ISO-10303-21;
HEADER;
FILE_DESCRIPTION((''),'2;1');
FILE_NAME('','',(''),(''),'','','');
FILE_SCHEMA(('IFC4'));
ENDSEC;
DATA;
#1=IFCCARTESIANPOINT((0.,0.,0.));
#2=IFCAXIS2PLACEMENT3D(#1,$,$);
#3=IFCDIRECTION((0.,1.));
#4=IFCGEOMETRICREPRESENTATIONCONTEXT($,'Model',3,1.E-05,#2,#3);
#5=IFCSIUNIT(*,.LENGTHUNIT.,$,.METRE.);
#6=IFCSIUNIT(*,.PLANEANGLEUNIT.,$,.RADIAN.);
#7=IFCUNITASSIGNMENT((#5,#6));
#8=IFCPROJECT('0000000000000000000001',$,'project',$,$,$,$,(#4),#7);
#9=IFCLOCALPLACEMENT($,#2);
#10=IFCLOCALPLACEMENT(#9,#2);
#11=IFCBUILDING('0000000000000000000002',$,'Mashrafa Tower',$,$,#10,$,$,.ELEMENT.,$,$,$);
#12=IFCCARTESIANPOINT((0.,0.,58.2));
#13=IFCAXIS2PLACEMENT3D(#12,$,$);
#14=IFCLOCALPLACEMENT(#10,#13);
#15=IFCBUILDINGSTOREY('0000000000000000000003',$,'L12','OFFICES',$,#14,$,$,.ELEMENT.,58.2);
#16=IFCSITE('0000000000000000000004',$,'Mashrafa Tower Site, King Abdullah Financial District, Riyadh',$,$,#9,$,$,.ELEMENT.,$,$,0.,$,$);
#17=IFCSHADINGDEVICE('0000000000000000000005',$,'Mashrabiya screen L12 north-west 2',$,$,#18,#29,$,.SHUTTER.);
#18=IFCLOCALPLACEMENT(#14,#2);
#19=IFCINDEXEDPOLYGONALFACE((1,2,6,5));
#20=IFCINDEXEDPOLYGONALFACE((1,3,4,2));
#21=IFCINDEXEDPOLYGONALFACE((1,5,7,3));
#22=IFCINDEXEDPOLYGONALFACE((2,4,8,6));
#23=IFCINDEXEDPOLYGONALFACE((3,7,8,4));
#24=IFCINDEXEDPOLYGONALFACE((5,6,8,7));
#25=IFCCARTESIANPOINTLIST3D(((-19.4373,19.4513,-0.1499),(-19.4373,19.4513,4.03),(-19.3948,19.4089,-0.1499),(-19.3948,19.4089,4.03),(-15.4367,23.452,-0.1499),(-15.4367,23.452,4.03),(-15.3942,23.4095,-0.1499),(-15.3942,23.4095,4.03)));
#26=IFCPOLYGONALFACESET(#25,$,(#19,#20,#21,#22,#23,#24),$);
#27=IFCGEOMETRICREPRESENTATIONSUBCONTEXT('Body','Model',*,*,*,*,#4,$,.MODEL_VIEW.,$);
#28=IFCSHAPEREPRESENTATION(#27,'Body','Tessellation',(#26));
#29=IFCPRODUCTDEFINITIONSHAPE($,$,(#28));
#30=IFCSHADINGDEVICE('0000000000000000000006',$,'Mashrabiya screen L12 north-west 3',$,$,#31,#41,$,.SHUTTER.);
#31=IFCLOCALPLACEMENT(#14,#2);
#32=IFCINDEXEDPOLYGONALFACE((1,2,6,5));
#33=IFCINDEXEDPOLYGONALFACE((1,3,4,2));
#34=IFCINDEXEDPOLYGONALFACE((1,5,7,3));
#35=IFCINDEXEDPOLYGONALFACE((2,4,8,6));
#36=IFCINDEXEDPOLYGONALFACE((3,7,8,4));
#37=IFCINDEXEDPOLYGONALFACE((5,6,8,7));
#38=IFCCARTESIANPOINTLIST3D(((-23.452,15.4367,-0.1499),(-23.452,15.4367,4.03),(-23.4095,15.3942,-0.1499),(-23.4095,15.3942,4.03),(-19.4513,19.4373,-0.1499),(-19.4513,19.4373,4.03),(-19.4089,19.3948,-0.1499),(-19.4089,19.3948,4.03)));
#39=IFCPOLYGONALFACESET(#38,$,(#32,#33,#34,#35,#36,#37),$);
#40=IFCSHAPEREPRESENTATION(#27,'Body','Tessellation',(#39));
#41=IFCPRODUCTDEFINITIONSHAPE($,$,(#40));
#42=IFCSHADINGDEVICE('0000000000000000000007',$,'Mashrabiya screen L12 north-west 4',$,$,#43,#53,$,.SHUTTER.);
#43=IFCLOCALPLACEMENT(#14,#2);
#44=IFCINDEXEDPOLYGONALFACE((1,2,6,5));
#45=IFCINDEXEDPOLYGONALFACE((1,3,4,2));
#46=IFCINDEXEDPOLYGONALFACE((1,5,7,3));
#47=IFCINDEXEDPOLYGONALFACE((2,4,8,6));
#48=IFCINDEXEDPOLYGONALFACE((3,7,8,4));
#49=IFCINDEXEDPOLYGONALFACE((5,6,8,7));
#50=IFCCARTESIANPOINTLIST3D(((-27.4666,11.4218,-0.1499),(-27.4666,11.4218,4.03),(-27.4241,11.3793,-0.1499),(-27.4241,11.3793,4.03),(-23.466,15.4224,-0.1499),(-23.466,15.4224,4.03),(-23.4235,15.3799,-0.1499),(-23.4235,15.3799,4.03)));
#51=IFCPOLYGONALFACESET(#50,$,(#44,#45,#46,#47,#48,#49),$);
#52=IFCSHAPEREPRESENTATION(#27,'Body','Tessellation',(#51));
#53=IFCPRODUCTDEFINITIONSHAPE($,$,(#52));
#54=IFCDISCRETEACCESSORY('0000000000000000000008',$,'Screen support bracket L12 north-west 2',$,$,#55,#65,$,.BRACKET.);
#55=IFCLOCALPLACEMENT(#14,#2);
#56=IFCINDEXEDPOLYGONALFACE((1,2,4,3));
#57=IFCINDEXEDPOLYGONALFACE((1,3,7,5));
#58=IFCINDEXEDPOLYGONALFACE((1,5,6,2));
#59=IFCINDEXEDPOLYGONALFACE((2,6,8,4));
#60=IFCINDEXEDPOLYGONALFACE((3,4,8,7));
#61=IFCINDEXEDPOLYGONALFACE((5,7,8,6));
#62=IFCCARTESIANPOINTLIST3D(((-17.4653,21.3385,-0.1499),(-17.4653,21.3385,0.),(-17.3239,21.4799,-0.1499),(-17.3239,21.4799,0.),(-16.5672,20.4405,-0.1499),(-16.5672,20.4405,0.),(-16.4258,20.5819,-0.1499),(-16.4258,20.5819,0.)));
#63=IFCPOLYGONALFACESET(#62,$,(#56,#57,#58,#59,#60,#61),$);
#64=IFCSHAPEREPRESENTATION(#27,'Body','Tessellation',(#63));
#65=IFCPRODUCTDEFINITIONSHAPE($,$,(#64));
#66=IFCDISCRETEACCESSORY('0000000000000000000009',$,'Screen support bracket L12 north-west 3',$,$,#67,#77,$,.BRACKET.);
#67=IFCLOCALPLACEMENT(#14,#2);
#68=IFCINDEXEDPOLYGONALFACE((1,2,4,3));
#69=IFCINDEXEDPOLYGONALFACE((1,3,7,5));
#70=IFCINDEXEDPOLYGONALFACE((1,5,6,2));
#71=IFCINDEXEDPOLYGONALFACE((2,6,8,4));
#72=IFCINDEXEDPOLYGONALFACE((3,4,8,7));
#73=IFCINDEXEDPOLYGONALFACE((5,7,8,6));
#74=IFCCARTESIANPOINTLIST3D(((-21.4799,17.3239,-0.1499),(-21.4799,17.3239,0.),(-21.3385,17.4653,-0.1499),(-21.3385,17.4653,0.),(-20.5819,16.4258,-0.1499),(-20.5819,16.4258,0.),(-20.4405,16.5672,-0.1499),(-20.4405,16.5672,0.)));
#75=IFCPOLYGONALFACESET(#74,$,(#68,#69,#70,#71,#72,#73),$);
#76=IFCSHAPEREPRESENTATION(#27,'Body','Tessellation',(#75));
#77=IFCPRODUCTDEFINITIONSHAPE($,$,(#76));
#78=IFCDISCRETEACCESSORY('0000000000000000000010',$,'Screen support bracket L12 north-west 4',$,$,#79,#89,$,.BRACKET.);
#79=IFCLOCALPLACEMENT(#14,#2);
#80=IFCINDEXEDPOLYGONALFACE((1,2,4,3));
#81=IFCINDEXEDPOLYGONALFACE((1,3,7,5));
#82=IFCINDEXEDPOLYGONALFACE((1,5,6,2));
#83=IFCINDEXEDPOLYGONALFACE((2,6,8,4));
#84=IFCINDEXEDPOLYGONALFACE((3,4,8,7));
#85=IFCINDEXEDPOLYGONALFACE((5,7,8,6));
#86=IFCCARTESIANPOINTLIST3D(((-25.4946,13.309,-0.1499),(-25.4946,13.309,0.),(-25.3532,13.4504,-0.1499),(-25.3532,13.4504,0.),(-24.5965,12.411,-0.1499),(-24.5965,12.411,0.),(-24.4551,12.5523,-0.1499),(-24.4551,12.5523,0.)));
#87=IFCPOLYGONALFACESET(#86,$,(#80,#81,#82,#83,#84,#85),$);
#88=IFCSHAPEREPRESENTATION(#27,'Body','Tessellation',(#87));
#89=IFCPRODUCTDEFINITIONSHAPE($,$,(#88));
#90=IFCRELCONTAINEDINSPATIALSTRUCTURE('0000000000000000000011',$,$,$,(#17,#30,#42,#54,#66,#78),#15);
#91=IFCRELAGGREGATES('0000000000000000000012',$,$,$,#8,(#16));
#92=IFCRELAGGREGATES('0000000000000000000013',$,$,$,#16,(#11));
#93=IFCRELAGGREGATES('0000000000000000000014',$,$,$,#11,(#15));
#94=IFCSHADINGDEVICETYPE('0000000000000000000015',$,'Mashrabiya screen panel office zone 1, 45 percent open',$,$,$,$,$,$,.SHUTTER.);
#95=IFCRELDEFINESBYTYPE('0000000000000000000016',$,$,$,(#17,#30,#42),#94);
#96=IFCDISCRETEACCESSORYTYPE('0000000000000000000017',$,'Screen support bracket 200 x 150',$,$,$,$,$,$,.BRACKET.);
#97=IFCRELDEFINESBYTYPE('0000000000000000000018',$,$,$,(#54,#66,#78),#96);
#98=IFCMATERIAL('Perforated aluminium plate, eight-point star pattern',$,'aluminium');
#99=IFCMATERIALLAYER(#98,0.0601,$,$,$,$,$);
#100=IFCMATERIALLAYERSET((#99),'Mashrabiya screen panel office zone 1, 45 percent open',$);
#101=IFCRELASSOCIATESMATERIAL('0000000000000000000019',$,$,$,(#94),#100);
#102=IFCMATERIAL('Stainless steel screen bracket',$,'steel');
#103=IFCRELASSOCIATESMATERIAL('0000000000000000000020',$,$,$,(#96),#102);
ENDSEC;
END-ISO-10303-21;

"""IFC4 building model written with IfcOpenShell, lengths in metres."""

from ifc_helpers import new_model, si_unit, direction, frame, origin, origin_2d, place, context, subcontext, project, spatial, rectangle, extrude, source, transform, mapped, material, layer, layer_set, type_object, type_shapes, element, save


model = new_model("IFC4")

# Units and contexts
model_context = context("Model", 3, precision=1e-05, world=origin(), true_north=direction((0.0, 1.0)))
body_context = subcontext(model_context, "Body", "Model", "MODEL_VIEW")
ifc_project = project(units=[si_unit("LENGTHUNIT", "METRE"), si_unit("PLANEANGLEUNIT", "RADIAN")], contexts=[model_context])

# Site, building, storey
site_placement = place(None, origin())
site = spatial("IfcSite", under=ifc_project, at=site_placement, Name="Mashrafa Tower Site, King Abdullah Financial District, Riyadh", CompositionType="ELEMENT", RefElevation=0.0)
building_placement = place(site_placement, origin())
building = spatial("IfcBuilding", under=site, at=building_placement, Name="Mashrafa Tower", CompositionType="ELEMENT")
storey_placement = place(building_placement, frame((0.0, 0.0, 58.2)))
storey = spatial("IfcBuildingStorey", under=building, at=storey_placement, Name="L12", Description="OFFICES", CompositionType="ELEMENT", Elevation=58.2)

# Shading devices
ifc_material_1 = material(Name="Perforated aluminium plate, eight-point star pattern", Category="aluminium")
ifc_layer_1 = layer(ifc_material_1, 0.0601)
ifc_layer_set_1 = layer_set([ifc_layer_1], Name="Mashrabiya screen panel office zone 1, 45 percent open")
shading_device_type = type_object("IfcShadingDeviceType", Name="Mashrabiya screen panel office zone 1, 45 percent open", PredefinedType="SHUTTER", material=ifc_layer_set_1)
shared_shape_1 = source(origin(), body_context, "Body", "SweptSolid", [
    extrude(rectangle(XDim=5.6577, YDim=0.0601, at=origin_2d()), origin(), (0.0, 0.0, 1.0), 4.1799),
])
type_shapes(shading_device_type, [shared_shape_1])
for number, where, z_axis, x_axis, name in (
    (1, (-17.4158, 21.4304, -0.1499), (0.0, 0.0, 1.0), (-0.707107, -0.707107, 0.0), "Mashrabiya screen L12 north-west 2"),
    (2, (-21.4304, 17.4158, -0.1499), (0.0, 0.0, 1.0), (-0.707107, -0.707107, 0.0), "Mashrabiya screen L12 north-west 3"),
    (3, (-25.4451, 13.4009, -0.1499), (0.0, 0.0, 1.0), (-0.707107, -0.707107, 0.0), "Mashrabiya screen L12 north-west 4"),
):
    element("IfcShadingDevice", number, at=place(storey_placement, frame(where, z_axis=z_axis, x_axis=x_axis)), inside=storey, type_object=shading_device_type, Name=name, PredefinedType="SHUTTER", context=body_context, shape_type="MappedRepresentation", body=[
        mapped(shared_shape_1, transform((0.0, 0.0, 0.0))),
    ])

# Discrete accessories
ifc_material_2 = material(Name="Stainless steel screen bracket", Category="steel")
discrete_accessory_type = type_object("IfcDiscreteAccessoryType", Name="Screen support bracket 200 x 150", PredefinedType="BRACKET", material=ifc_material_2)
shared_shape_2 = source(origin(), body_context, "Body", "SweptSolid", [
    extrude(rectangle(XDim=0.2, YDim=1.27, at=origin_2d()), origin(), (0.0, 0.0, 1.0), 0.1499),
])
type_shapes(discrete_accessory_type, [shared_shape_2])
for number, where, z_axis, x_axis, name in (
    (4, (-16.9456, 20.9602, -0.1499), (0.0, 0.0, 1.0), (-0.707107, -0.707107, 0.0), "Screen support bracket L12 north-west 2"),
    (5, (-20.9602, 16.9456, -0.1499), (0.0, 0.0, 1.0), (-0.707107, -0.707107, 0.0), "Screen support bracket L12 north-west 3"),
    (6, (-24.9749, 12.9307, -0.1499), (0.0, 0.0, 1.0), (-0.707107, -0.707107, 0.0), "Screen support bracket L12 north-west 4"),
):
    element("IfcDiscreteAccessory", number, at=place(storey_placement, frame(where, z_axis=z_axis, x_axis=x_axis)), inside=storey, type_object=discrete_accessory_type, Name=name, PredefinedType="BRACKET", context=body_context, shape_type="MappedRepresentation", body=[
        mapped(shared_shape_2, transform((0.0, 0.0, 0.0))),
    ])

save(model, "model.ifc")
